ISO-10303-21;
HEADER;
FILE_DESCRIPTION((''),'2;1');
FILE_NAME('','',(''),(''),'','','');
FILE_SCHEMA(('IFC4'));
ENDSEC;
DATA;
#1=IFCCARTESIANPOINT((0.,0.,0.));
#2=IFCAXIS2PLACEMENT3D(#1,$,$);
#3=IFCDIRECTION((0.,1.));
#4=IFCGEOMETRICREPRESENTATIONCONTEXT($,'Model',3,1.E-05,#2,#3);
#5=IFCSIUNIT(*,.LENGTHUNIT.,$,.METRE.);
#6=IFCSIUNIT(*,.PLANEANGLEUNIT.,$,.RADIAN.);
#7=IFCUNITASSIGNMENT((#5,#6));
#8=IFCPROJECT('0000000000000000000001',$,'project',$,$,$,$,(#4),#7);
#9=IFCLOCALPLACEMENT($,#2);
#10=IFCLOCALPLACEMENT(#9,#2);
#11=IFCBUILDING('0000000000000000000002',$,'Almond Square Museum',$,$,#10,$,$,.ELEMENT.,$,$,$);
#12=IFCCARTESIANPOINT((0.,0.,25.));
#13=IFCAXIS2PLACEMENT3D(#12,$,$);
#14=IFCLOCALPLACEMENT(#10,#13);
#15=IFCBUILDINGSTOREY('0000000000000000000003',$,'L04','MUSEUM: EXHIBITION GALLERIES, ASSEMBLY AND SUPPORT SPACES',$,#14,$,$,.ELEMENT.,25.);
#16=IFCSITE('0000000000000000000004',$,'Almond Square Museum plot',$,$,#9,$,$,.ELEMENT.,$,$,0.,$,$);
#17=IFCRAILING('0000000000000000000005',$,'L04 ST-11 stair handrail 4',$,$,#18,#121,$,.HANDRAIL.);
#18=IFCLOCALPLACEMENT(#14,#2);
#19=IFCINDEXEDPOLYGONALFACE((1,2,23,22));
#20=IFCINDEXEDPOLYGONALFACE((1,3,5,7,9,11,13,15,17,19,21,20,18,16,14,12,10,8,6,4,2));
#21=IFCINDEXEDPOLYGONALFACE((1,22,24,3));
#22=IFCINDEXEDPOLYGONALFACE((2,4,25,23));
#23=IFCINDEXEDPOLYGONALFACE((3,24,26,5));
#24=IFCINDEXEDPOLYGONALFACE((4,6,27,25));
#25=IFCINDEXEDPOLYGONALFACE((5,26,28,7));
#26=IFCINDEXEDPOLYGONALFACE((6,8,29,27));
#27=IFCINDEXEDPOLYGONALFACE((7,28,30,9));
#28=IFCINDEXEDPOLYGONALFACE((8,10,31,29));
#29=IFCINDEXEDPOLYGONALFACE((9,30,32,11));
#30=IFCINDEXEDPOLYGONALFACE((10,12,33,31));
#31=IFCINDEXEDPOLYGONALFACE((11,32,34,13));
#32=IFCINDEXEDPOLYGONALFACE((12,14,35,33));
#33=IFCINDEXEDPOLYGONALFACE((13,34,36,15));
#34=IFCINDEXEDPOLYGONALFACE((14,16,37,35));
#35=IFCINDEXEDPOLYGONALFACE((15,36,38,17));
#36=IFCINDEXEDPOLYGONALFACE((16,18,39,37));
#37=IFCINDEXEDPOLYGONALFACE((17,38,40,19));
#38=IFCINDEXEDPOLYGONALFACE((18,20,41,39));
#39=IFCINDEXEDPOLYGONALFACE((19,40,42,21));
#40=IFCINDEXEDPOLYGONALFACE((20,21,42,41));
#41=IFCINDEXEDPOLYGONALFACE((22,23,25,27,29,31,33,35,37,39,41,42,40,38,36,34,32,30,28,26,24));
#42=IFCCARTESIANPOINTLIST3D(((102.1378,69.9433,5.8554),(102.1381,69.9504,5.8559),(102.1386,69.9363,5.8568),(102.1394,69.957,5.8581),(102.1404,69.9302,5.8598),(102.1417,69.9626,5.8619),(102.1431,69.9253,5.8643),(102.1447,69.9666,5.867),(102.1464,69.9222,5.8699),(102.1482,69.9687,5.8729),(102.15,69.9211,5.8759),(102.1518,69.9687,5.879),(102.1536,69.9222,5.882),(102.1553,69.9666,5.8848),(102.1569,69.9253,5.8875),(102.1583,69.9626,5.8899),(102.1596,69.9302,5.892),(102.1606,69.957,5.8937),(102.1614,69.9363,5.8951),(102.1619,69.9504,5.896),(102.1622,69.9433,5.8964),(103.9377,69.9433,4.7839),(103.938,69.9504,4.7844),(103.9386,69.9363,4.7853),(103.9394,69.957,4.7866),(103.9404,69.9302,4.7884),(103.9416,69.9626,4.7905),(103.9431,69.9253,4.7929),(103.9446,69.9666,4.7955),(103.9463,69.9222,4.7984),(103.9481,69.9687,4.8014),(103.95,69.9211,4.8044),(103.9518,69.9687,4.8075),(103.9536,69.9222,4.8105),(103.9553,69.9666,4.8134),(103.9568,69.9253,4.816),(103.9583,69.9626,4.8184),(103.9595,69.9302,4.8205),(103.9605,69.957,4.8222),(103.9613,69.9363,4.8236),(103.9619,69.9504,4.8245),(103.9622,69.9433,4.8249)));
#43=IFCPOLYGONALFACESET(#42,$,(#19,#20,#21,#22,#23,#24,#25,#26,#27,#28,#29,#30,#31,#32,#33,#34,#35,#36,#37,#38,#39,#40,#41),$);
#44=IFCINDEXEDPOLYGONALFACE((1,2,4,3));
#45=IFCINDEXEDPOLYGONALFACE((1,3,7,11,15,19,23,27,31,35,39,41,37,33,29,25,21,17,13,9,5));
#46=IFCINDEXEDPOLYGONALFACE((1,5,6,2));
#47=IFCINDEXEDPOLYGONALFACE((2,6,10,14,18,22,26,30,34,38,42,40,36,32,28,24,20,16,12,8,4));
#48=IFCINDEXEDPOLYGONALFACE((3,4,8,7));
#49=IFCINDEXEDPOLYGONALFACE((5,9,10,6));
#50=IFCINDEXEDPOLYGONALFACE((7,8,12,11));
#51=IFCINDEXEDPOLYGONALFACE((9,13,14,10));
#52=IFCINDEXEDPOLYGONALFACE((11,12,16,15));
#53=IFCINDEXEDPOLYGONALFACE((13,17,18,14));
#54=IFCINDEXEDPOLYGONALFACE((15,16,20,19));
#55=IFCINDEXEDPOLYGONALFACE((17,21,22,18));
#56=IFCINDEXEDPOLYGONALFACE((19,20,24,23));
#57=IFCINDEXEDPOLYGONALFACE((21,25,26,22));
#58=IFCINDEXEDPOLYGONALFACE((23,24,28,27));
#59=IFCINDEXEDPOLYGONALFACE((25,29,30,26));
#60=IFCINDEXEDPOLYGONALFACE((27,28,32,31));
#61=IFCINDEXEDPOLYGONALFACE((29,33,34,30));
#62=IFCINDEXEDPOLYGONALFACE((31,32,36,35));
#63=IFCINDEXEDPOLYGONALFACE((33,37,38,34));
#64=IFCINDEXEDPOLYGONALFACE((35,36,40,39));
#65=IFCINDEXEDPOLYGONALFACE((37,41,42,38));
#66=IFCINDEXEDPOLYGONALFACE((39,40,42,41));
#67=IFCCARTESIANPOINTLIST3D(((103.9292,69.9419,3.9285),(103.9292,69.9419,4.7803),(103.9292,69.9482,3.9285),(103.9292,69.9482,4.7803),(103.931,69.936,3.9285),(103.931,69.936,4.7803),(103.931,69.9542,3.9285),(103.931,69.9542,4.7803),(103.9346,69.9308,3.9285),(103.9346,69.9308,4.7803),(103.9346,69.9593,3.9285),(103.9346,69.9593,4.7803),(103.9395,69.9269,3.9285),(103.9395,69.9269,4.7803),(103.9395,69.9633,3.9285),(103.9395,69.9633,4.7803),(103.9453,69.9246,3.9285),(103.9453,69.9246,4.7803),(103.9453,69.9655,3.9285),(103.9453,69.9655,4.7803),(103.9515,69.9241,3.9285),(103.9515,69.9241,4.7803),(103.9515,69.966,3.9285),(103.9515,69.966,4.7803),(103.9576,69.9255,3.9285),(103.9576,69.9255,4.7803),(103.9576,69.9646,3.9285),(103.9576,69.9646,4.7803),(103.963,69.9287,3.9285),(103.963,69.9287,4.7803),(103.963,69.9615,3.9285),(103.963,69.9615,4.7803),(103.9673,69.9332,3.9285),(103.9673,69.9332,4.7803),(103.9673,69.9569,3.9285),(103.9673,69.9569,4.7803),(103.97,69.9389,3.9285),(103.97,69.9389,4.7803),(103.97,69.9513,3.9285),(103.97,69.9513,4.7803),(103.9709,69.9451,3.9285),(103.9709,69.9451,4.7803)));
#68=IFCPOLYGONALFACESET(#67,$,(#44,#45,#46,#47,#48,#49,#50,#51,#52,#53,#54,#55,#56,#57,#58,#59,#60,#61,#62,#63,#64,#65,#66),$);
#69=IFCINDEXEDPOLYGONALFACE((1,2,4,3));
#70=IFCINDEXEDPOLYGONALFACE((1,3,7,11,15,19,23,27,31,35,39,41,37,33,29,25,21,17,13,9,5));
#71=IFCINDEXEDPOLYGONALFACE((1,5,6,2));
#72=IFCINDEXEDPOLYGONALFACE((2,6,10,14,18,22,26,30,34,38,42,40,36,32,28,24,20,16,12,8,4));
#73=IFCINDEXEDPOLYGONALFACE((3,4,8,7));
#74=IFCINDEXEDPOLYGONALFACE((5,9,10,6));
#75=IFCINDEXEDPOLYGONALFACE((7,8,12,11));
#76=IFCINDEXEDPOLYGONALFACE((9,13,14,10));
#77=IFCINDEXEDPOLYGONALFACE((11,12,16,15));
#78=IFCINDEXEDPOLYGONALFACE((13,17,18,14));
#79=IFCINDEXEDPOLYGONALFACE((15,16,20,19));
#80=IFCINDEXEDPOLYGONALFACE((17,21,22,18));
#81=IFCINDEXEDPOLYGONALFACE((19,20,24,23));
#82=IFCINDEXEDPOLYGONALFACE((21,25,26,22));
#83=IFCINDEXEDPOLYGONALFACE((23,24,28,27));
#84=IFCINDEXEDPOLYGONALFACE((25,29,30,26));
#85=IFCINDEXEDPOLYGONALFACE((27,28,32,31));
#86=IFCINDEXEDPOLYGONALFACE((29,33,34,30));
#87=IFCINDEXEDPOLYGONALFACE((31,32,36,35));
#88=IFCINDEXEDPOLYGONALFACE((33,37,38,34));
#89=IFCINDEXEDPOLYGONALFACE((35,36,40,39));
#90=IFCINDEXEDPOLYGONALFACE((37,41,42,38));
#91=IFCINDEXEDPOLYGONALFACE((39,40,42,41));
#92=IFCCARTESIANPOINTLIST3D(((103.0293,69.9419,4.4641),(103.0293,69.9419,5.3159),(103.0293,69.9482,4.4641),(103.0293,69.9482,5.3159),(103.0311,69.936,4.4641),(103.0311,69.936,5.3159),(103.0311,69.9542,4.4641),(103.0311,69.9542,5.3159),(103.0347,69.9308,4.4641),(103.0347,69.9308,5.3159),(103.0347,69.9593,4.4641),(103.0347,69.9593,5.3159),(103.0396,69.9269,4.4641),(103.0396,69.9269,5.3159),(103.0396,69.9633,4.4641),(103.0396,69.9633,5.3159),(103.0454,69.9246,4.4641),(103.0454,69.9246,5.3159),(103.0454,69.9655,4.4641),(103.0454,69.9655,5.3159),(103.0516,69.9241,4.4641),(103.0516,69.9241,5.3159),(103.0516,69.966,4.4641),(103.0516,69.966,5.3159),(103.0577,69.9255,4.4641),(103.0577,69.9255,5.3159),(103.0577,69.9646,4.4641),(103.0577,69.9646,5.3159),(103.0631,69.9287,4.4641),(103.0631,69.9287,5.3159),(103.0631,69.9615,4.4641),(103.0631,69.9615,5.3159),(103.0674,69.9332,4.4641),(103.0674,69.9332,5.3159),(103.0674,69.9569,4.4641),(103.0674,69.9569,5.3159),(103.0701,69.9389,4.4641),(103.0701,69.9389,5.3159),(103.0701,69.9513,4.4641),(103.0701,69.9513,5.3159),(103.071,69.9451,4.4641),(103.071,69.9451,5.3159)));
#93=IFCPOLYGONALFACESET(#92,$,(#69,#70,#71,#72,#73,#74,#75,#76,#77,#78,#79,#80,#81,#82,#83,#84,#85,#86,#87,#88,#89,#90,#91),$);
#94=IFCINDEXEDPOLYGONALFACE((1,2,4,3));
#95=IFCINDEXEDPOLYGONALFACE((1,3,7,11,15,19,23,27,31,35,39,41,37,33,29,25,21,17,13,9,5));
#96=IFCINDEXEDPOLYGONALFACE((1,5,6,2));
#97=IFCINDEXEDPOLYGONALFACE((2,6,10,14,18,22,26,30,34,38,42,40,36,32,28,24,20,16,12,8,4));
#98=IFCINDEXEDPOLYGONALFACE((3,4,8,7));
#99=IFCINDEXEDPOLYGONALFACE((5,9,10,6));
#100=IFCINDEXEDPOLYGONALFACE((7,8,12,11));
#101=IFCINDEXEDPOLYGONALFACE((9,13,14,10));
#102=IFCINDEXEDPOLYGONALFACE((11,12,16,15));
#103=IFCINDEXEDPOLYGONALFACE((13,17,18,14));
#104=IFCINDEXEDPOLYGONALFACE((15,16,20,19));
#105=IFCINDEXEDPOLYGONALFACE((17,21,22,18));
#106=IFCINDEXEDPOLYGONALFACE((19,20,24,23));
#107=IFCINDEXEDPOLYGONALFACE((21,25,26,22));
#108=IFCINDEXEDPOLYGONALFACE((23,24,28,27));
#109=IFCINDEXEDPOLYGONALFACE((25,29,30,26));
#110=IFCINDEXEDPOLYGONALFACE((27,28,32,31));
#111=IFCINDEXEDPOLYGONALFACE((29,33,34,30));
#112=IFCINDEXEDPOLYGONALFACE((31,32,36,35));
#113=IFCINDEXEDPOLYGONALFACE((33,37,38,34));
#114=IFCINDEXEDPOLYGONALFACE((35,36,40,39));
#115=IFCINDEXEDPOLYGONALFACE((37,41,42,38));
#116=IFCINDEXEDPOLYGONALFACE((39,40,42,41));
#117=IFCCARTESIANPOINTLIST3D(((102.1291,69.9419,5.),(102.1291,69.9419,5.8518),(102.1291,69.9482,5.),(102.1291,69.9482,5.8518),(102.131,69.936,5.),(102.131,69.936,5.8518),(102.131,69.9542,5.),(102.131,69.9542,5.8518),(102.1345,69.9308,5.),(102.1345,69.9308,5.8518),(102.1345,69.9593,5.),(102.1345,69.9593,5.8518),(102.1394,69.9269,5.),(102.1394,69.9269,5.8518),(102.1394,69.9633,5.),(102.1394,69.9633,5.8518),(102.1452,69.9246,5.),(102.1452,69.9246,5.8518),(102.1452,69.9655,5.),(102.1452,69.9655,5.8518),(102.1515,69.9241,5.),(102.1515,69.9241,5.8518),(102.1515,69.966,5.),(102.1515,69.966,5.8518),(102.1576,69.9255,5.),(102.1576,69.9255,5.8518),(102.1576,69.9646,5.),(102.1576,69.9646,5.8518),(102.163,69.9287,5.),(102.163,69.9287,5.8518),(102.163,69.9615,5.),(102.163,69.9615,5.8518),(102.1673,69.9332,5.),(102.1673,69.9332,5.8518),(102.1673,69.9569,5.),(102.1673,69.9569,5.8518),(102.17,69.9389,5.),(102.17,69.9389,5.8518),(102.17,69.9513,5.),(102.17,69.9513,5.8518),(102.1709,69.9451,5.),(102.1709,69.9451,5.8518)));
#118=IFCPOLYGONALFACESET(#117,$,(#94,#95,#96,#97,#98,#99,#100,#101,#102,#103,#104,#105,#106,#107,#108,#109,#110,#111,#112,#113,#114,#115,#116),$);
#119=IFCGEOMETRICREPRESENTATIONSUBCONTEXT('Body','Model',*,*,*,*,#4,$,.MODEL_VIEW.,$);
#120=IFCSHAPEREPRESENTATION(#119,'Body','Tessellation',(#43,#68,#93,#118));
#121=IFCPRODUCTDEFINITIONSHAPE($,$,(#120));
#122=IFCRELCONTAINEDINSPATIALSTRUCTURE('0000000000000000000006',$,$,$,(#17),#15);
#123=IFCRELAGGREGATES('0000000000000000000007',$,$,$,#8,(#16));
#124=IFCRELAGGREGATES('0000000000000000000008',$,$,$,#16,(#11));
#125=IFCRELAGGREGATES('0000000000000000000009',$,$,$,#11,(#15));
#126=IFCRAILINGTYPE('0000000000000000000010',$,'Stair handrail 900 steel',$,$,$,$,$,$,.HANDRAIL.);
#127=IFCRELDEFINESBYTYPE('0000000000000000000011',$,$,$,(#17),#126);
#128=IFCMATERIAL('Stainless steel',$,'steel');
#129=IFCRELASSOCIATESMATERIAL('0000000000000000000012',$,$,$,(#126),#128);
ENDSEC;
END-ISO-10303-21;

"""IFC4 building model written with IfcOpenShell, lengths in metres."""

from ifc_helpers import new_model, si_unit, direction, frame, origin, origin_2d, place, context, subcontext, project, spatial, circle, extrude, material, type_object, element, save


model = new_model("IFC4")

# Units and contexts
model_context = context("Model", 3, precision=1e-05, world=origin(), true_north=direction((0.0, 1.0)))
body_context = subcontext(model_context, "Body", "Model", "MODEL_VIEW")
ifc_project = project(units=[si_unit("LENGTHUNIT", "METRE"), si_unit("PLANEANGLEUNIT", "RADIAN")], contexts=[model_context])

# Site, building, storey
site_placement = place(None, origin())
site = spatial("IfcSite", under=ifc_project, at=site_placement, Name="Almond Square Museum plot", CompositionType="ELEMENT", RefElevation=0.0)
building_placement = place(site_placement, origin())
building = spatial("IfcBuilding", under=site, at=building_placement, Name="Almond Square Museum", CompositionType="ELEMENT")
storey_placement = place(building_placement, frame((0.0, 0.0, 25.0)))
storey = spatial("IfcBuildingStorey", under=building, at=storey_placement, Name="L04", Description="MUSEUM: EXHIBITION GALLERIES, ASSEMBLY AND SUPPORT SPACES", CompositionType="ELEMENT", Elevation=25.0)

# Railing
ifc_material_1 = material(Name="Stainless steel", Category="steel")
railing_type_1 = type_object("IfcRailingType", Name="Stair handrail 900 steel", PredefinedType="HANDRAIL", material=ifc_material_1)
railing_1_placement = place(storey_placement, frame((103.95, 69.9451, 3.9285)))
element("IfcRailing", 1, at=railing_1_placement, inside=storey, type_object=railing_type_1, Name="L04 ST-11 stair handrail 4", PredefinedType="HANDRAIL", context=body_context, shape_type="SweptSolid", body=[
    extrude(circle(Radius=0.0239, at=origin_2d()), frame((0.0, 0.0, 0.876), z_axis=(-0.859277, 0.0, 0.51151), x_axis=(0.0, -1.0, 0.0)), (0.0, 0.0, 1.0), 2.0947),
    extrude(circle(Radius=0.021, at=origin_2d()), origin(), (0.0, 0.0, 1.0), 0.8518),
    extrude(circle(Radius=0.021, at=origin_2d()), frame((-0.8999, 0.0, 0.5356)), (0.0, 0.0, 1.0), 0.8518),
    extrude(circle(Radius=0.021, at=origin_2d()), frame((-1.8, 0.0, 1.0715)), (0.0, 0.0, 1.0), 0.8518),
])

save(model, "model.ifc")
